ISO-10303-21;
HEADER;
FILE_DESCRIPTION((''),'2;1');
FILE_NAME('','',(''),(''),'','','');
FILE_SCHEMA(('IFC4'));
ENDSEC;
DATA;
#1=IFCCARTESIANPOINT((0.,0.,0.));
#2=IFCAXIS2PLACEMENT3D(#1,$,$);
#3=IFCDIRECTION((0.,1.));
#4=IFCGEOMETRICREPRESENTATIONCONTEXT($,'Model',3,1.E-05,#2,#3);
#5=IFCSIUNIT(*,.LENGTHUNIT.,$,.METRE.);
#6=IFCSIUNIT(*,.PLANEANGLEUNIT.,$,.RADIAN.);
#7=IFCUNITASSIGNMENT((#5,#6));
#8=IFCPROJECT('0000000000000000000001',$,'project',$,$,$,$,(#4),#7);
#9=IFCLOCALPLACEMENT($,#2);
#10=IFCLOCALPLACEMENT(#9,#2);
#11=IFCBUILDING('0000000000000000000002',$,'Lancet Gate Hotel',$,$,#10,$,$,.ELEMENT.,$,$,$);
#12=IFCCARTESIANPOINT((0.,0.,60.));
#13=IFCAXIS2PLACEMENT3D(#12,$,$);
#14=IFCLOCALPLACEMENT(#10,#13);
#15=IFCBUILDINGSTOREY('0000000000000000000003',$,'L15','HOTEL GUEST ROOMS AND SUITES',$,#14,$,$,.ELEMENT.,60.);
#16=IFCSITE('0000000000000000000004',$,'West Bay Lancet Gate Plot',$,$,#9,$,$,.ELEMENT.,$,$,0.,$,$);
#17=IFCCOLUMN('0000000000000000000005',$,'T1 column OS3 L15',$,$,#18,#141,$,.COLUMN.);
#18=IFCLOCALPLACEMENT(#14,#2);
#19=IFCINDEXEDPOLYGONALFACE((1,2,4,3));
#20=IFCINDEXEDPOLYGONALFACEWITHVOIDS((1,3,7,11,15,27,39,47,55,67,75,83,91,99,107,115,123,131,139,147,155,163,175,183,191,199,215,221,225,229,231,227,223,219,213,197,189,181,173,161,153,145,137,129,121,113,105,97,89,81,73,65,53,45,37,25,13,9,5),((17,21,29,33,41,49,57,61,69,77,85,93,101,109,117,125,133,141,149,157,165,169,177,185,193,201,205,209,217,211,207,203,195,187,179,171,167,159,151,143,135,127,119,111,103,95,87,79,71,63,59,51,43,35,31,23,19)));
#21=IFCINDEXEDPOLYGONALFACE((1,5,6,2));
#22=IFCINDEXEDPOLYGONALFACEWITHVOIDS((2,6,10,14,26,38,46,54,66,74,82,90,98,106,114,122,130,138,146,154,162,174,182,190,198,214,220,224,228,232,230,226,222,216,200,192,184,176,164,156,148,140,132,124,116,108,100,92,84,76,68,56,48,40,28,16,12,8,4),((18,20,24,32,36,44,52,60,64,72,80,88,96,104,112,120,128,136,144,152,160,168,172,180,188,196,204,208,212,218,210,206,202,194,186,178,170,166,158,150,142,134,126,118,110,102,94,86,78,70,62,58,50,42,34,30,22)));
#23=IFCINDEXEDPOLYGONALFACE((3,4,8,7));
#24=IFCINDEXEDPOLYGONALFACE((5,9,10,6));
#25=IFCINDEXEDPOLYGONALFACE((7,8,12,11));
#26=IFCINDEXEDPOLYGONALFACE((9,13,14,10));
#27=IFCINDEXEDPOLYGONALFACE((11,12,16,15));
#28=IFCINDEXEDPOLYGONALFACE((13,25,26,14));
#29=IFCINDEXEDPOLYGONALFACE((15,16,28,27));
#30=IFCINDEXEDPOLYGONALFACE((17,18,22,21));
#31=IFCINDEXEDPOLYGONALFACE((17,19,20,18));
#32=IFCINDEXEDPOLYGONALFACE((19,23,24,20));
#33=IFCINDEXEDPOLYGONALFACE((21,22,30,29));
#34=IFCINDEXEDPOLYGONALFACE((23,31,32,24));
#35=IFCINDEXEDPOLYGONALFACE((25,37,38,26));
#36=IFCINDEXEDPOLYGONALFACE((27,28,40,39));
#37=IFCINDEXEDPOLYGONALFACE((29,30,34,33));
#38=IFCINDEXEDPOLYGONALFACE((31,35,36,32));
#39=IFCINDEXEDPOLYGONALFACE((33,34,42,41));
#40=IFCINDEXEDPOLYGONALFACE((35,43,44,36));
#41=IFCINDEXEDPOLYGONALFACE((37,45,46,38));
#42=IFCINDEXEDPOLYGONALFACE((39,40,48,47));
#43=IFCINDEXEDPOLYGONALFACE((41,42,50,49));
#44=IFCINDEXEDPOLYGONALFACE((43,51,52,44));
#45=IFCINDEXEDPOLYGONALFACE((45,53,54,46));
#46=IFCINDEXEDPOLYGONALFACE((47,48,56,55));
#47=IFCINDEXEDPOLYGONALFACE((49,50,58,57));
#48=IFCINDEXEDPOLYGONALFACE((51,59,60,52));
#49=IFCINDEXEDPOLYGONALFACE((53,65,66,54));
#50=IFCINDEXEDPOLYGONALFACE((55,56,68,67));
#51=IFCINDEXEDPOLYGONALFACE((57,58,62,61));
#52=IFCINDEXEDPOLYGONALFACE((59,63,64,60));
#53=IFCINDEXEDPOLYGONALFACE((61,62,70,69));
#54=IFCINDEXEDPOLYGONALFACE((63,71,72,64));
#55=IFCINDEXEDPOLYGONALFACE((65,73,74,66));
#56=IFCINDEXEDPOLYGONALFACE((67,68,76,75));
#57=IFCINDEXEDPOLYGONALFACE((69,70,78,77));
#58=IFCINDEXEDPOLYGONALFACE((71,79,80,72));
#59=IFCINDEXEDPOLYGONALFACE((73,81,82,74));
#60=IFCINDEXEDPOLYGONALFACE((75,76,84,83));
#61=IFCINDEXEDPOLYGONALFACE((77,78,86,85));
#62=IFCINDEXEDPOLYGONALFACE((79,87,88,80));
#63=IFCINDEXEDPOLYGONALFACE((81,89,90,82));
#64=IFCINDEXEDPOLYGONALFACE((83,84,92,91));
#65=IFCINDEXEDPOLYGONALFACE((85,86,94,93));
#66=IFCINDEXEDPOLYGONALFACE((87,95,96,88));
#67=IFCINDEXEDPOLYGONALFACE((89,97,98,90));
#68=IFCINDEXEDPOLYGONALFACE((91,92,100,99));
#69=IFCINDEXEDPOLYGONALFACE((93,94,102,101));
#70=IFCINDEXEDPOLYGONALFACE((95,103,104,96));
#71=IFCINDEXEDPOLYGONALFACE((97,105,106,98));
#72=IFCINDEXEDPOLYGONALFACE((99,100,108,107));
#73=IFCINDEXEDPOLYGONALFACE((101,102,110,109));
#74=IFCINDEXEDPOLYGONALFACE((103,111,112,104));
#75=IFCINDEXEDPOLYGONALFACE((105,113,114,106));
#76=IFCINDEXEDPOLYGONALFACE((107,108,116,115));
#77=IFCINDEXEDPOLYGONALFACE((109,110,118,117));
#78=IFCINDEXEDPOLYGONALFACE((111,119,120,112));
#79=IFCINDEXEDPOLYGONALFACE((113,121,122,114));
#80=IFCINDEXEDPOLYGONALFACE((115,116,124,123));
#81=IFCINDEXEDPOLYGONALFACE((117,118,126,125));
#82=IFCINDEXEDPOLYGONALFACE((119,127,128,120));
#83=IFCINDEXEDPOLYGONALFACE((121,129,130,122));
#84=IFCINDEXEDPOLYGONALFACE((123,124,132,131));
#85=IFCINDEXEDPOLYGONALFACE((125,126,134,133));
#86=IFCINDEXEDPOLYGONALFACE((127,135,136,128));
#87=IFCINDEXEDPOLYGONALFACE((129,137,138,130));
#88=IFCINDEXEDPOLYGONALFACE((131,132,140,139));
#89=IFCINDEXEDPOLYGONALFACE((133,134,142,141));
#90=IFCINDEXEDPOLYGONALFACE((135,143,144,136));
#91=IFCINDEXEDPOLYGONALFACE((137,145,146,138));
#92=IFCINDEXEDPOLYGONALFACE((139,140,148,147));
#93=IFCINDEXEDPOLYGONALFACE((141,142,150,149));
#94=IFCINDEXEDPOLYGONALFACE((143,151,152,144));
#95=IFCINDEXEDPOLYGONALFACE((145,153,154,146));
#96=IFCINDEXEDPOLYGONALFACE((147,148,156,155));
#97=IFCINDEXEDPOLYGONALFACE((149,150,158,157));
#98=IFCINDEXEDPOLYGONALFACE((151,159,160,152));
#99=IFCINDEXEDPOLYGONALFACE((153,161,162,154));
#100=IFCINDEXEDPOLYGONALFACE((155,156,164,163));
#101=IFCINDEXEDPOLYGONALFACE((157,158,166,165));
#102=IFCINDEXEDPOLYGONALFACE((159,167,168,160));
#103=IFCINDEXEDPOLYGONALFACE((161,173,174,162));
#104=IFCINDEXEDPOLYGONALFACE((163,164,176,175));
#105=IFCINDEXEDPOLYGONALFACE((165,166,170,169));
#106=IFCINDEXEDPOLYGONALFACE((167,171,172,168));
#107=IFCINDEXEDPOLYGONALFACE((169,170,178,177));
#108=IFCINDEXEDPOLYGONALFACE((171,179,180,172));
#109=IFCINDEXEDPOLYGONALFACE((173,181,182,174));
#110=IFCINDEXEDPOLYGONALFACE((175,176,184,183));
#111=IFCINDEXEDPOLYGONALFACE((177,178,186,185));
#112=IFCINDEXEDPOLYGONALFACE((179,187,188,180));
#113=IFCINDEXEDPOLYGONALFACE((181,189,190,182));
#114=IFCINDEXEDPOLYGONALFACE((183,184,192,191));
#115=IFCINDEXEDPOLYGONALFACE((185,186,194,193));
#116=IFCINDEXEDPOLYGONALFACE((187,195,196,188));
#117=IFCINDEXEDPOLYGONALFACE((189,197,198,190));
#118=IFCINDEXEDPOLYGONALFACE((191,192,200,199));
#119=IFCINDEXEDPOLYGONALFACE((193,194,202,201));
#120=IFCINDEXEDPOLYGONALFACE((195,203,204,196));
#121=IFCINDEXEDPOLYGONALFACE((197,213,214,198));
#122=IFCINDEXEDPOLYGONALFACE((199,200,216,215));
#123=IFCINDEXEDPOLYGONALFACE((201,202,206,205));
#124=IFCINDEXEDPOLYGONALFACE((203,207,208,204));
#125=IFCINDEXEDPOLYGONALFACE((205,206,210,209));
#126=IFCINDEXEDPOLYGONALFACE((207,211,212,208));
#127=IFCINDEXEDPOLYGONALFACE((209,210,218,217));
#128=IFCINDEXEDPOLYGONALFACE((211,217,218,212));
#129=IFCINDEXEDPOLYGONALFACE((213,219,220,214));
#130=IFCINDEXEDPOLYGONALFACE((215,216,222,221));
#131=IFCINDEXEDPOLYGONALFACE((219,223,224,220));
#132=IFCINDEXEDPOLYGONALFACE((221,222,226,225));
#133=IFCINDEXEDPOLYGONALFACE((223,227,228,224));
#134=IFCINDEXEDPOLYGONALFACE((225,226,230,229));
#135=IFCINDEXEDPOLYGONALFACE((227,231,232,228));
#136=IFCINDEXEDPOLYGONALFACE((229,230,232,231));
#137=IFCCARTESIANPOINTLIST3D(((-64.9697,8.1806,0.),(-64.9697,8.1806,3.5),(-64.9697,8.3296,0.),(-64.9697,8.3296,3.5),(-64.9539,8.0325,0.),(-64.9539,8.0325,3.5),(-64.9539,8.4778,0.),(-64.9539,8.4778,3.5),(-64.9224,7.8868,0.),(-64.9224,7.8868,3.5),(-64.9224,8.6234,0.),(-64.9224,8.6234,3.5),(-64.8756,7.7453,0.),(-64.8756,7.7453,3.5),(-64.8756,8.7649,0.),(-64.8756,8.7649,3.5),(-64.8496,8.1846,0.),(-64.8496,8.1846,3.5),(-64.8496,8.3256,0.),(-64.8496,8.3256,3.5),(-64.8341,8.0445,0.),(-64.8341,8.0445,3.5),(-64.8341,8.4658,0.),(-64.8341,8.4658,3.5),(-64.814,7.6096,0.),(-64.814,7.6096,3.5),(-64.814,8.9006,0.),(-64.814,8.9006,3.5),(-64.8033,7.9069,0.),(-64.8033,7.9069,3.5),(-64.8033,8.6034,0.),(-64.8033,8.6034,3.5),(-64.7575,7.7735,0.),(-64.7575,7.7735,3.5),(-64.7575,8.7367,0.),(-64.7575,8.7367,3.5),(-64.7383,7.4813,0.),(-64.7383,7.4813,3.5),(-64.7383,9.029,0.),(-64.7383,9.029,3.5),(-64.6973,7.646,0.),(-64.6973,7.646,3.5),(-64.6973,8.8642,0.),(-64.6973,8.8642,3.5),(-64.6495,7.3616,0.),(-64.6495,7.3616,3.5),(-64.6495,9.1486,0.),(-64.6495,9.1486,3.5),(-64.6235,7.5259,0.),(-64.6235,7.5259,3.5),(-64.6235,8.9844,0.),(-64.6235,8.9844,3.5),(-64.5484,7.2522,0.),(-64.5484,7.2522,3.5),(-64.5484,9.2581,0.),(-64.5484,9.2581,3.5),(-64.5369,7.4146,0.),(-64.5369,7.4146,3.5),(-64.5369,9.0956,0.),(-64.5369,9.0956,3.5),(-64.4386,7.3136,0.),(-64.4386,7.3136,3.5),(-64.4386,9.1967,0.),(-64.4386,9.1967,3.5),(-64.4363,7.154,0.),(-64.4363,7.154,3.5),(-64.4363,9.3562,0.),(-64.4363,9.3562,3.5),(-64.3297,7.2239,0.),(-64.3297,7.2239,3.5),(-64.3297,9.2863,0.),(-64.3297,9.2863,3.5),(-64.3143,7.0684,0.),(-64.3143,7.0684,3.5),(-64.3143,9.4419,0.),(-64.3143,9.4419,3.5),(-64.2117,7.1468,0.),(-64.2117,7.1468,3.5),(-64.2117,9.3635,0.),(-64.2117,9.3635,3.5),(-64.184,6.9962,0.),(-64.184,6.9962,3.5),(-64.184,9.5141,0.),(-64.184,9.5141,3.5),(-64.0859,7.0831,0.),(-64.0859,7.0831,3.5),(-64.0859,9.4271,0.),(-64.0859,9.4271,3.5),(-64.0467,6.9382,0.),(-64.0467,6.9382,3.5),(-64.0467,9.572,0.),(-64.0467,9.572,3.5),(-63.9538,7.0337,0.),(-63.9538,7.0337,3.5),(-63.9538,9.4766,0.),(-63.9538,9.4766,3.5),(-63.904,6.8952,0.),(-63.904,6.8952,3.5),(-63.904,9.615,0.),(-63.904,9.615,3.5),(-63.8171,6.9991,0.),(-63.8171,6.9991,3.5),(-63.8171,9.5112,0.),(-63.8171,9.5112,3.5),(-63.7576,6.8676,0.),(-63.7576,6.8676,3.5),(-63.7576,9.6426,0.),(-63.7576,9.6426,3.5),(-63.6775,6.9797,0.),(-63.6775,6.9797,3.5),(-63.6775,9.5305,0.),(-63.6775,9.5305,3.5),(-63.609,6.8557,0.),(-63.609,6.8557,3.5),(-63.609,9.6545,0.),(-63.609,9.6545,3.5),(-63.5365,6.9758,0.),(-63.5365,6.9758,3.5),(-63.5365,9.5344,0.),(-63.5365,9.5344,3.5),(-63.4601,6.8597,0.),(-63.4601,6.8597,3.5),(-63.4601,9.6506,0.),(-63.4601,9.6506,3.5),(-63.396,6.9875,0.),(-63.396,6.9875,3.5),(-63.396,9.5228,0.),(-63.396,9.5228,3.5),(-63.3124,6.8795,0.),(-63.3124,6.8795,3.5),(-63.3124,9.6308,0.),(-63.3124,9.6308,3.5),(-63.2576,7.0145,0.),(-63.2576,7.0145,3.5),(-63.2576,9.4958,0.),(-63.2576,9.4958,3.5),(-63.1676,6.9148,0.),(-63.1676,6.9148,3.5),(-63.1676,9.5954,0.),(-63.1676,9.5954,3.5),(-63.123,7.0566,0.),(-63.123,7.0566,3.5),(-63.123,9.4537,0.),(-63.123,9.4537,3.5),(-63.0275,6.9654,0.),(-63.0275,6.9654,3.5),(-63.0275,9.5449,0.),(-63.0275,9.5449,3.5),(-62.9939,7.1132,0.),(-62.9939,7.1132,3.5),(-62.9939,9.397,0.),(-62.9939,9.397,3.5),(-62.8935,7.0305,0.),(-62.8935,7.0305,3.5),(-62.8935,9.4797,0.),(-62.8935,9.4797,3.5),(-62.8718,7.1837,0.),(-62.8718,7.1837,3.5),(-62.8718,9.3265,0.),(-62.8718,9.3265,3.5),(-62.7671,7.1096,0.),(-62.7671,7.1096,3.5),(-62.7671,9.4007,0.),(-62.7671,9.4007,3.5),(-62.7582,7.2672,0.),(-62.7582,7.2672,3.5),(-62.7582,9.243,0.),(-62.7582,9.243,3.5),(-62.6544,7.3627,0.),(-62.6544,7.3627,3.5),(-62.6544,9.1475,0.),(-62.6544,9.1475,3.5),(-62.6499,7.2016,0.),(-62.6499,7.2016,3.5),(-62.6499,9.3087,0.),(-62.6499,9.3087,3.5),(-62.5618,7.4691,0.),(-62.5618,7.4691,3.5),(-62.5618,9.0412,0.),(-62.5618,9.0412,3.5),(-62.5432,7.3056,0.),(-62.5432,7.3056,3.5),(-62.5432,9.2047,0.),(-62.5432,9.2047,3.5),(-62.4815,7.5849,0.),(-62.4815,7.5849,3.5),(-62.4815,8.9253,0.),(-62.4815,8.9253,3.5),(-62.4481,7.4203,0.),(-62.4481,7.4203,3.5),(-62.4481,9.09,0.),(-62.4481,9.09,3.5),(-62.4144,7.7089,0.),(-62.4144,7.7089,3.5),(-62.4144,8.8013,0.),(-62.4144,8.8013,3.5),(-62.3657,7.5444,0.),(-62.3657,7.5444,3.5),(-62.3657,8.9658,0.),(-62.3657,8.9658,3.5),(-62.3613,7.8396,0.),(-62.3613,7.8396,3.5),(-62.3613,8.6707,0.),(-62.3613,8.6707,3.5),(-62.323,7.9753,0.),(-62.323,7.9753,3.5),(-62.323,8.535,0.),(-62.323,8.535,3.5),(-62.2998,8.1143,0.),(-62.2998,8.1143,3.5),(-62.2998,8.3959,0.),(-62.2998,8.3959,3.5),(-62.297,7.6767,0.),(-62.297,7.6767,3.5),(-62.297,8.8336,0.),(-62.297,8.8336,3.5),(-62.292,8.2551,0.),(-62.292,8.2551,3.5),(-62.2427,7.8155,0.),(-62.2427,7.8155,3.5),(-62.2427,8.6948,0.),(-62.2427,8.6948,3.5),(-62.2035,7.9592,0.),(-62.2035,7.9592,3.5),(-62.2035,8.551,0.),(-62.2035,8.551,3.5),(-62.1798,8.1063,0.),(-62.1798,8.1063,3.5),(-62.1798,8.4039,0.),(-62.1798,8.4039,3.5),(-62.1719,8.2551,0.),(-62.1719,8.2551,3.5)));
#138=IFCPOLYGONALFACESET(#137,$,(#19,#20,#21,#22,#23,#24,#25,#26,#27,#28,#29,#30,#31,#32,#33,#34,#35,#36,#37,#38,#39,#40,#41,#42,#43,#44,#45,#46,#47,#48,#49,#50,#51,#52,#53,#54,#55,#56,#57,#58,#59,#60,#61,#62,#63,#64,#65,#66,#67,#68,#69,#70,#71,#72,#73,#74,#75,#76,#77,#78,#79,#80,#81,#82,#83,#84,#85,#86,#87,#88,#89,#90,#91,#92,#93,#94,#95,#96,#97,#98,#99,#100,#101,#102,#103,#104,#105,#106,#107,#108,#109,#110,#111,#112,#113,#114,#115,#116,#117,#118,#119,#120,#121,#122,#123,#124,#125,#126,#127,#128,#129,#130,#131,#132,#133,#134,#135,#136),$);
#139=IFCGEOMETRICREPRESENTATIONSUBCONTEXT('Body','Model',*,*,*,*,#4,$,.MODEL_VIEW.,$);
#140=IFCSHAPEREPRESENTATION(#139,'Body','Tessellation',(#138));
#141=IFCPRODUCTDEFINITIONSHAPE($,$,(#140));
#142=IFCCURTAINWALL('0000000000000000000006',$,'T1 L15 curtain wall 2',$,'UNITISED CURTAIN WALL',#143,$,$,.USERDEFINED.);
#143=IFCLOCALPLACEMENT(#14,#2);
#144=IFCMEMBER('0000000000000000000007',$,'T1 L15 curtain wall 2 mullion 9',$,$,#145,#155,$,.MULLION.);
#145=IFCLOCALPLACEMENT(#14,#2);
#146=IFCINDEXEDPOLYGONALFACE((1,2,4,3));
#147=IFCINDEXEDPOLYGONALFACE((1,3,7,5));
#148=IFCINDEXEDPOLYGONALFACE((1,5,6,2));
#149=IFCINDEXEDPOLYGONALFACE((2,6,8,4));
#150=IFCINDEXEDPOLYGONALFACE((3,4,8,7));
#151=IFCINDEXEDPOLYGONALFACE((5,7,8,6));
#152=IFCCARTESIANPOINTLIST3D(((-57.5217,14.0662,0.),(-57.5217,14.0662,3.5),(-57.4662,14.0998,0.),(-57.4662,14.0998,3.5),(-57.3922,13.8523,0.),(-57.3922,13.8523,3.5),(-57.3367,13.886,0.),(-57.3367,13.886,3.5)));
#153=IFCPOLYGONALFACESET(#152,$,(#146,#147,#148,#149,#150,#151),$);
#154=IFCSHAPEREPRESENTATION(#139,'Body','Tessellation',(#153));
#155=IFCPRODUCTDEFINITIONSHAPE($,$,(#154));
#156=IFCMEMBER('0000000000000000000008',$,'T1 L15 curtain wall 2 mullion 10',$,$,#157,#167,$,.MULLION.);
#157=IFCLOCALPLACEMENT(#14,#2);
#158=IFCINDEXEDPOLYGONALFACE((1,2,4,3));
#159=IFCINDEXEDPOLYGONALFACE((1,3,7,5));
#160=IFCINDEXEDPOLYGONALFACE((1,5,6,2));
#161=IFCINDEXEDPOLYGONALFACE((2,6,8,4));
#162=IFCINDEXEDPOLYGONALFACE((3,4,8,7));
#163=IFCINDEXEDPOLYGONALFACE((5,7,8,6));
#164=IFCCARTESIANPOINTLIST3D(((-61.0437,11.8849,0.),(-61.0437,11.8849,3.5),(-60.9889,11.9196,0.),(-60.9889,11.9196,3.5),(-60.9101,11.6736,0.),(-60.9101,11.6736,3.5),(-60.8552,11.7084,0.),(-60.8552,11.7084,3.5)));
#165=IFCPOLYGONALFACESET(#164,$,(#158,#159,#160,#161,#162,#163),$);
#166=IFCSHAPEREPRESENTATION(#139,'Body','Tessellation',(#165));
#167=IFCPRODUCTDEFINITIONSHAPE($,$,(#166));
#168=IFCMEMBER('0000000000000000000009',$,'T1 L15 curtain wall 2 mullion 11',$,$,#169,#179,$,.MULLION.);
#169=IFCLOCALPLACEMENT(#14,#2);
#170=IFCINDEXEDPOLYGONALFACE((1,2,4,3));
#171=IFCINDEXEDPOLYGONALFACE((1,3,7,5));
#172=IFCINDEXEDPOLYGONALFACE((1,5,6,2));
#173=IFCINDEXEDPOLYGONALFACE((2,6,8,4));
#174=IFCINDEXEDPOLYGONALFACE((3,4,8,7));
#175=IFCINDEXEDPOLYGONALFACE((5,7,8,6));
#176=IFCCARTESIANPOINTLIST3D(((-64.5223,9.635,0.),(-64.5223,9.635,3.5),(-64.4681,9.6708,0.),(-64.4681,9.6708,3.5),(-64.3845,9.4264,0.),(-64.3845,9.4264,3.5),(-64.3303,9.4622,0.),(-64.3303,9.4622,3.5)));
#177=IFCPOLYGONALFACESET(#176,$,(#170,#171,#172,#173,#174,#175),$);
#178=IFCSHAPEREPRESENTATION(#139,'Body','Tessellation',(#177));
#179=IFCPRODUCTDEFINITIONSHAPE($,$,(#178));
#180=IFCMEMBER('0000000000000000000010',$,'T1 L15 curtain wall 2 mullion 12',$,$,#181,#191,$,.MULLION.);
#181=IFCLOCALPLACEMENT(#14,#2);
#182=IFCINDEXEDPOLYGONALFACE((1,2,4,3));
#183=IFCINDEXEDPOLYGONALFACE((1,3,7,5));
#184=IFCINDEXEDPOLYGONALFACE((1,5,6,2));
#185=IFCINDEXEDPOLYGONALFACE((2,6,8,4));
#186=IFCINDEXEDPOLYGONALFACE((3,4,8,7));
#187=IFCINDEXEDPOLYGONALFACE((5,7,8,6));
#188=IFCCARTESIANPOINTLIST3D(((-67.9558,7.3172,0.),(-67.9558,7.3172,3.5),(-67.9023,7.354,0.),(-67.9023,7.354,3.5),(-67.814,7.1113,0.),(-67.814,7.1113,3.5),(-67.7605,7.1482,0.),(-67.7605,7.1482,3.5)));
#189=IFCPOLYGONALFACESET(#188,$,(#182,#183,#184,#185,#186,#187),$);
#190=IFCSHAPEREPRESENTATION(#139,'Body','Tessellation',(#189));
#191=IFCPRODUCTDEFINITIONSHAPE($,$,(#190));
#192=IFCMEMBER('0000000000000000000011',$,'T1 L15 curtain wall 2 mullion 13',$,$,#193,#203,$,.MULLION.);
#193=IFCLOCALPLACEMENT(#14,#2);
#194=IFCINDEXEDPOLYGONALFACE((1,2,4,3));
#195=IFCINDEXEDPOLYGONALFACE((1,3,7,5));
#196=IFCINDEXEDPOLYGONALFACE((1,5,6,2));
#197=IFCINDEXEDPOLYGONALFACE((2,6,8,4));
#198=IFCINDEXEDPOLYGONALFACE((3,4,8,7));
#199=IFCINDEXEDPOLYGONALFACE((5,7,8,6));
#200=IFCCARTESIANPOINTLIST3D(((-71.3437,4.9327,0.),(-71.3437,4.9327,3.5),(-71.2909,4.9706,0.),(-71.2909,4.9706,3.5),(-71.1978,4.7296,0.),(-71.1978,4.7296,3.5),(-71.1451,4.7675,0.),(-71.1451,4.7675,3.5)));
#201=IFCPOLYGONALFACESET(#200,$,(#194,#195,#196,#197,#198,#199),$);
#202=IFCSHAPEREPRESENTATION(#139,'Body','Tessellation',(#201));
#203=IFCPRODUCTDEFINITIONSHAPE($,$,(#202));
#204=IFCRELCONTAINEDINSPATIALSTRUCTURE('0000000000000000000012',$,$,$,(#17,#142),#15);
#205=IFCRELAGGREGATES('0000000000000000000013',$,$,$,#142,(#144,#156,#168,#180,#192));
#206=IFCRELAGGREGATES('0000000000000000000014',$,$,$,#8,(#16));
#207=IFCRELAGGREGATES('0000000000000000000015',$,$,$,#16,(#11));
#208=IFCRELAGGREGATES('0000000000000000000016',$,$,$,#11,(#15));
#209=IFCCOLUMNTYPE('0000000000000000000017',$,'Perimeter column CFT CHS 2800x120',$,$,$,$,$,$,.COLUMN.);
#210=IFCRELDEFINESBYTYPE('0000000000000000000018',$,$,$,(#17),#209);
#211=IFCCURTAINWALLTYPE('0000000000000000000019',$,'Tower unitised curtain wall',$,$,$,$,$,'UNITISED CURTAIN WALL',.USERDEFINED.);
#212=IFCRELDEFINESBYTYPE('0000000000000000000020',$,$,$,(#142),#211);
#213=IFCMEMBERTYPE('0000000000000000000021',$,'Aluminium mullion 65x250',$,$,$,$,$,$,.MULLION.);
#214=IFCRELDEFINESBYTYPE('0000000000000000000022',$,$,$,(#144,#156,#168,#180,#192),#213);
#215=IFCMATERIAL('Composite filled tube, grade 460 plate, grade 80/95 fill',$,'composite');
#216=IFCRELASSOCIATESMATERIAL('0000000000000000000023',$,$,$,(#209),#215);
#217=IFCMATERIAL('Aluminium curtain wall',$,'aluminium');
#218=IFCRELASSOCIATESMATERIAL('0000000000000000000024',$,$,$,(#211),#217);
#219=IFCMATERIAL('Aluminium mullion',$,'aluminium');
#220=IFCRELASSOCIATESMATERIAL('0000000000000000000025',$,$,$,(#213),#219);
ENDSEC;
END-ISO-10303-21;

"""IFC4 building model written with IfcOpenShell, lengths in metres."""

from ifc_helpers import new_model, si_unit, direction, frame, origin, origin_2d, place, context, subcontext, project, spatial, rectangle, hollow_circle, extrude, material, material_profile, profile_set, type_object, element, aggregate, save


model = new_model("IFC4")

# Units and contexts
model_context = context("Model", 3, precision=1e-05, world=origin(), true_north=direction((0.0, 1.0)))
body_context = subcontext(model_context, "Body", "Model", "MODEL_VIEW")
ifc_project = project(units=[si_unit("LENGTHUNIT", "METRE"), si_unit("PLANEANGLEUNIT", "RADIAN")], contexts=[model_context])

# Site, building, storey
site_placement = place(None, origin())
site = spatial("IfcSite", under=ifc_project, at=site_placement, Name="West Bay Lancet Gate Plot", CompositionType="ELEMENT", RefElevation=0.0)
building_placement = place(site_placement, origin())
building = spatial("IfcBuilding", under=site, at=building_placement, Name="Lancet Gate Hotel", CompositionType="ELEMENT")
storey_placement = place(building_placement, frame((0.0, 0.0, 60.0)))
storey = spatial("IfcBuildingStorey", under=building, at=storey_placement, Name="L15", Description="HOTEL GUEST ROOMS AND SUITES", CompositionType="ELEMENT", Elevation=60.0)

# Column
ifc_material_1 = material(Name="Composite filled tube, grade 460 plate, grade 80/95 fill", Category="composite")
ifc_material_profile_1 = material_profile(ifc_material_1, hollow_circle(Radius=1.3999, WallThickness=0.1201, at=origin_2d()), Name="CHS 2800x120")
ifc_profile_set_1 = profile_set([ifc_material_profile_1], Name="Composite filled tube, grade 460 plate, grade 80/95 fill")
column_type = type_object("IfcColumnType", Name="Perimeter column CFT CHS 2800x120", PredefinedType="COLUMN", material=ifc_profile_set_1)
column_placement = place(storey_placement, frame((-63.5718, 8.2551, 0.0), z_axis=(0.0, 0.0, 1.0), x_axis=(1.0, 0.0, 0.0)))
element("IfcColumn", 1, at=column_placement, inside=storey, type_object=column_type, Name="T1 column OS3 L15", PredefinedType="COLUMN", context=body_context, shape_type="SweptSolid", body=[
    extrude(hollow_circle(Radius=1.3999, WallThickness=0.1201, at=origin_2d()), origin(), (0.0, 0.0, 1.0), 3.5),
])

# Curtain wall, members
ifc_material_2 = material(Name="Aluminium curtain wall", Category="aluminium")
curtain_wall_type = type_object("IfcCurtainWallType", Name="Tower unitised curtain wall", ElementType="UNITISED CURTAIN WALL", PredefinedType="USERDEFINED", material=ifc_material_2)
curtain_wall_placement = place(storey_placement, origin())
curtain_wall = element("IfcCurtainWall", 2, at=curtain_wall_placement, inside=storey, type_object=curtain_wall_type, Name="T1 L15 curtain wall 2", ObjectType="UNITISED CURTAIN WALL", PredefinedType="USERDEFINED")
ifc_material_3 = material(Name="Aluminium mullion", Category="aluminium")
ifc_material_profile_2 = material_profile(ifc_material_3, rectangle(XDim=0.0649, YDim=0.25, at=origin_2d()), Name="MULLION 65x250")
ifc_profile_set_2 = profile_set([ifc_material_profile_2], Name="Aluminium mullion")
member_type_1 = type_object("IfcMemberType", Name="Aluminium mullion 65x250", PredefinedType="MULLION", material=ifc_profile_set_2)
member_1_placement = place(storey_placement, frame((-57.4292, 13.9761, 0.0), z_axis=(0.0, 0.0, 1.0), x_axis=(-0.855346, -0.518057, 0.0)))
member_1 = element("IfcMember", 3, at=member_1_placement, type_object=member_type_1, Name="T1 L15 curtain wall 2 mullion 9", PredefinedType="MULLION", context=body_context, shape_type="SweptSolid", body=[
    extrude(rectangle(XDim=0.0649, YDim=0.25, at=origin_2d()), origin(), (0.0, 0.0, 1.0), 3.5),
])
member_2_placement = place(storey_placement, frame((-60.9495, 11.7966, 0.0), z_axis=(0.0, 0.0, 1.0), x_axis=(-0.845029, -0.53472, 0.0)))
member_2 = element("IfcMember", 4, at=member_2_placement, type_object=member_type_1, Name="T1 L15 curtain wall 2 mullion 10", PredefinedType="MULLION", context=body_context, shape_type="SweptSolid", body=[
    extrude(rectangle(XDim=0.0649, YDim=0.25, at=origin_2d()), origin(), (0.0, 0.0, 1.0), 3.5),
])
member_3_placement = place(storey_placement, frame((-64.4263, 9.5486, 0.0), z_axis=(0.0, 0.0, 1.0), x_axis=(-0.834387, -0.551178, 0.0)))
member_3 = element("IfcMember", 5, at=member_3_placement, type_object=member_type_1, Name="T1 L15 curtain wall 2 mullion 11", PredefinedType="MULLION", context=body_context, shape_type="SweptSolid", body=[
    extrude(rectangle(XDim=0.0649, YDim=0.25, at=origin_2d()), origin(), (0.0, 0.0, 1.0), 3.5),
])
member_4_placement = place(storey_placement, frame((-67.8582, 7.2327, 0.0), z_axis=(0.0, 0.0, 1.0), x_axis=(-0.823425, -0.567425, 0.0)))
member_4 = element("IfcMember", 6, at=member_4_placement, type_object=member_type_1, Name="T1 L15 curtain wall 2 mullion 12", PredefinedType="MULLION", context=body_context, shape_type="SweptSolid", body=[
    extrude(rectangle(XDim=0.0649, YDim=0.25, at=origin_2d()), origin(), (0.0, 0.0, 1.0), 3.5),
])
member_5_placement = place(storey_placement, frame((-71.2444, 4.8501, 0.0), z_axis=(0.0, 0.0, 1.0), x_axis=(-0.812147, -0.583453, 0.0)))
member_5 = element("IfcMember", 7, at=member_5_placement, type_object=member_type_1, Name="T1 L15 curtain wall 2 mullion 13", PredefinedType="MULLION", context=body_context, shape_type="SweptSolid", body=[
    extrude(rectangle(XDim=0.0649, YDim=0.25, at=origin_2d()), origin(), (0.0, 0.0, 1.0), 3.5),
])

aggregate(curtain_wall, [member_1, member_2, member_3, member_4, member_5])

save(model, "model.ifc")
